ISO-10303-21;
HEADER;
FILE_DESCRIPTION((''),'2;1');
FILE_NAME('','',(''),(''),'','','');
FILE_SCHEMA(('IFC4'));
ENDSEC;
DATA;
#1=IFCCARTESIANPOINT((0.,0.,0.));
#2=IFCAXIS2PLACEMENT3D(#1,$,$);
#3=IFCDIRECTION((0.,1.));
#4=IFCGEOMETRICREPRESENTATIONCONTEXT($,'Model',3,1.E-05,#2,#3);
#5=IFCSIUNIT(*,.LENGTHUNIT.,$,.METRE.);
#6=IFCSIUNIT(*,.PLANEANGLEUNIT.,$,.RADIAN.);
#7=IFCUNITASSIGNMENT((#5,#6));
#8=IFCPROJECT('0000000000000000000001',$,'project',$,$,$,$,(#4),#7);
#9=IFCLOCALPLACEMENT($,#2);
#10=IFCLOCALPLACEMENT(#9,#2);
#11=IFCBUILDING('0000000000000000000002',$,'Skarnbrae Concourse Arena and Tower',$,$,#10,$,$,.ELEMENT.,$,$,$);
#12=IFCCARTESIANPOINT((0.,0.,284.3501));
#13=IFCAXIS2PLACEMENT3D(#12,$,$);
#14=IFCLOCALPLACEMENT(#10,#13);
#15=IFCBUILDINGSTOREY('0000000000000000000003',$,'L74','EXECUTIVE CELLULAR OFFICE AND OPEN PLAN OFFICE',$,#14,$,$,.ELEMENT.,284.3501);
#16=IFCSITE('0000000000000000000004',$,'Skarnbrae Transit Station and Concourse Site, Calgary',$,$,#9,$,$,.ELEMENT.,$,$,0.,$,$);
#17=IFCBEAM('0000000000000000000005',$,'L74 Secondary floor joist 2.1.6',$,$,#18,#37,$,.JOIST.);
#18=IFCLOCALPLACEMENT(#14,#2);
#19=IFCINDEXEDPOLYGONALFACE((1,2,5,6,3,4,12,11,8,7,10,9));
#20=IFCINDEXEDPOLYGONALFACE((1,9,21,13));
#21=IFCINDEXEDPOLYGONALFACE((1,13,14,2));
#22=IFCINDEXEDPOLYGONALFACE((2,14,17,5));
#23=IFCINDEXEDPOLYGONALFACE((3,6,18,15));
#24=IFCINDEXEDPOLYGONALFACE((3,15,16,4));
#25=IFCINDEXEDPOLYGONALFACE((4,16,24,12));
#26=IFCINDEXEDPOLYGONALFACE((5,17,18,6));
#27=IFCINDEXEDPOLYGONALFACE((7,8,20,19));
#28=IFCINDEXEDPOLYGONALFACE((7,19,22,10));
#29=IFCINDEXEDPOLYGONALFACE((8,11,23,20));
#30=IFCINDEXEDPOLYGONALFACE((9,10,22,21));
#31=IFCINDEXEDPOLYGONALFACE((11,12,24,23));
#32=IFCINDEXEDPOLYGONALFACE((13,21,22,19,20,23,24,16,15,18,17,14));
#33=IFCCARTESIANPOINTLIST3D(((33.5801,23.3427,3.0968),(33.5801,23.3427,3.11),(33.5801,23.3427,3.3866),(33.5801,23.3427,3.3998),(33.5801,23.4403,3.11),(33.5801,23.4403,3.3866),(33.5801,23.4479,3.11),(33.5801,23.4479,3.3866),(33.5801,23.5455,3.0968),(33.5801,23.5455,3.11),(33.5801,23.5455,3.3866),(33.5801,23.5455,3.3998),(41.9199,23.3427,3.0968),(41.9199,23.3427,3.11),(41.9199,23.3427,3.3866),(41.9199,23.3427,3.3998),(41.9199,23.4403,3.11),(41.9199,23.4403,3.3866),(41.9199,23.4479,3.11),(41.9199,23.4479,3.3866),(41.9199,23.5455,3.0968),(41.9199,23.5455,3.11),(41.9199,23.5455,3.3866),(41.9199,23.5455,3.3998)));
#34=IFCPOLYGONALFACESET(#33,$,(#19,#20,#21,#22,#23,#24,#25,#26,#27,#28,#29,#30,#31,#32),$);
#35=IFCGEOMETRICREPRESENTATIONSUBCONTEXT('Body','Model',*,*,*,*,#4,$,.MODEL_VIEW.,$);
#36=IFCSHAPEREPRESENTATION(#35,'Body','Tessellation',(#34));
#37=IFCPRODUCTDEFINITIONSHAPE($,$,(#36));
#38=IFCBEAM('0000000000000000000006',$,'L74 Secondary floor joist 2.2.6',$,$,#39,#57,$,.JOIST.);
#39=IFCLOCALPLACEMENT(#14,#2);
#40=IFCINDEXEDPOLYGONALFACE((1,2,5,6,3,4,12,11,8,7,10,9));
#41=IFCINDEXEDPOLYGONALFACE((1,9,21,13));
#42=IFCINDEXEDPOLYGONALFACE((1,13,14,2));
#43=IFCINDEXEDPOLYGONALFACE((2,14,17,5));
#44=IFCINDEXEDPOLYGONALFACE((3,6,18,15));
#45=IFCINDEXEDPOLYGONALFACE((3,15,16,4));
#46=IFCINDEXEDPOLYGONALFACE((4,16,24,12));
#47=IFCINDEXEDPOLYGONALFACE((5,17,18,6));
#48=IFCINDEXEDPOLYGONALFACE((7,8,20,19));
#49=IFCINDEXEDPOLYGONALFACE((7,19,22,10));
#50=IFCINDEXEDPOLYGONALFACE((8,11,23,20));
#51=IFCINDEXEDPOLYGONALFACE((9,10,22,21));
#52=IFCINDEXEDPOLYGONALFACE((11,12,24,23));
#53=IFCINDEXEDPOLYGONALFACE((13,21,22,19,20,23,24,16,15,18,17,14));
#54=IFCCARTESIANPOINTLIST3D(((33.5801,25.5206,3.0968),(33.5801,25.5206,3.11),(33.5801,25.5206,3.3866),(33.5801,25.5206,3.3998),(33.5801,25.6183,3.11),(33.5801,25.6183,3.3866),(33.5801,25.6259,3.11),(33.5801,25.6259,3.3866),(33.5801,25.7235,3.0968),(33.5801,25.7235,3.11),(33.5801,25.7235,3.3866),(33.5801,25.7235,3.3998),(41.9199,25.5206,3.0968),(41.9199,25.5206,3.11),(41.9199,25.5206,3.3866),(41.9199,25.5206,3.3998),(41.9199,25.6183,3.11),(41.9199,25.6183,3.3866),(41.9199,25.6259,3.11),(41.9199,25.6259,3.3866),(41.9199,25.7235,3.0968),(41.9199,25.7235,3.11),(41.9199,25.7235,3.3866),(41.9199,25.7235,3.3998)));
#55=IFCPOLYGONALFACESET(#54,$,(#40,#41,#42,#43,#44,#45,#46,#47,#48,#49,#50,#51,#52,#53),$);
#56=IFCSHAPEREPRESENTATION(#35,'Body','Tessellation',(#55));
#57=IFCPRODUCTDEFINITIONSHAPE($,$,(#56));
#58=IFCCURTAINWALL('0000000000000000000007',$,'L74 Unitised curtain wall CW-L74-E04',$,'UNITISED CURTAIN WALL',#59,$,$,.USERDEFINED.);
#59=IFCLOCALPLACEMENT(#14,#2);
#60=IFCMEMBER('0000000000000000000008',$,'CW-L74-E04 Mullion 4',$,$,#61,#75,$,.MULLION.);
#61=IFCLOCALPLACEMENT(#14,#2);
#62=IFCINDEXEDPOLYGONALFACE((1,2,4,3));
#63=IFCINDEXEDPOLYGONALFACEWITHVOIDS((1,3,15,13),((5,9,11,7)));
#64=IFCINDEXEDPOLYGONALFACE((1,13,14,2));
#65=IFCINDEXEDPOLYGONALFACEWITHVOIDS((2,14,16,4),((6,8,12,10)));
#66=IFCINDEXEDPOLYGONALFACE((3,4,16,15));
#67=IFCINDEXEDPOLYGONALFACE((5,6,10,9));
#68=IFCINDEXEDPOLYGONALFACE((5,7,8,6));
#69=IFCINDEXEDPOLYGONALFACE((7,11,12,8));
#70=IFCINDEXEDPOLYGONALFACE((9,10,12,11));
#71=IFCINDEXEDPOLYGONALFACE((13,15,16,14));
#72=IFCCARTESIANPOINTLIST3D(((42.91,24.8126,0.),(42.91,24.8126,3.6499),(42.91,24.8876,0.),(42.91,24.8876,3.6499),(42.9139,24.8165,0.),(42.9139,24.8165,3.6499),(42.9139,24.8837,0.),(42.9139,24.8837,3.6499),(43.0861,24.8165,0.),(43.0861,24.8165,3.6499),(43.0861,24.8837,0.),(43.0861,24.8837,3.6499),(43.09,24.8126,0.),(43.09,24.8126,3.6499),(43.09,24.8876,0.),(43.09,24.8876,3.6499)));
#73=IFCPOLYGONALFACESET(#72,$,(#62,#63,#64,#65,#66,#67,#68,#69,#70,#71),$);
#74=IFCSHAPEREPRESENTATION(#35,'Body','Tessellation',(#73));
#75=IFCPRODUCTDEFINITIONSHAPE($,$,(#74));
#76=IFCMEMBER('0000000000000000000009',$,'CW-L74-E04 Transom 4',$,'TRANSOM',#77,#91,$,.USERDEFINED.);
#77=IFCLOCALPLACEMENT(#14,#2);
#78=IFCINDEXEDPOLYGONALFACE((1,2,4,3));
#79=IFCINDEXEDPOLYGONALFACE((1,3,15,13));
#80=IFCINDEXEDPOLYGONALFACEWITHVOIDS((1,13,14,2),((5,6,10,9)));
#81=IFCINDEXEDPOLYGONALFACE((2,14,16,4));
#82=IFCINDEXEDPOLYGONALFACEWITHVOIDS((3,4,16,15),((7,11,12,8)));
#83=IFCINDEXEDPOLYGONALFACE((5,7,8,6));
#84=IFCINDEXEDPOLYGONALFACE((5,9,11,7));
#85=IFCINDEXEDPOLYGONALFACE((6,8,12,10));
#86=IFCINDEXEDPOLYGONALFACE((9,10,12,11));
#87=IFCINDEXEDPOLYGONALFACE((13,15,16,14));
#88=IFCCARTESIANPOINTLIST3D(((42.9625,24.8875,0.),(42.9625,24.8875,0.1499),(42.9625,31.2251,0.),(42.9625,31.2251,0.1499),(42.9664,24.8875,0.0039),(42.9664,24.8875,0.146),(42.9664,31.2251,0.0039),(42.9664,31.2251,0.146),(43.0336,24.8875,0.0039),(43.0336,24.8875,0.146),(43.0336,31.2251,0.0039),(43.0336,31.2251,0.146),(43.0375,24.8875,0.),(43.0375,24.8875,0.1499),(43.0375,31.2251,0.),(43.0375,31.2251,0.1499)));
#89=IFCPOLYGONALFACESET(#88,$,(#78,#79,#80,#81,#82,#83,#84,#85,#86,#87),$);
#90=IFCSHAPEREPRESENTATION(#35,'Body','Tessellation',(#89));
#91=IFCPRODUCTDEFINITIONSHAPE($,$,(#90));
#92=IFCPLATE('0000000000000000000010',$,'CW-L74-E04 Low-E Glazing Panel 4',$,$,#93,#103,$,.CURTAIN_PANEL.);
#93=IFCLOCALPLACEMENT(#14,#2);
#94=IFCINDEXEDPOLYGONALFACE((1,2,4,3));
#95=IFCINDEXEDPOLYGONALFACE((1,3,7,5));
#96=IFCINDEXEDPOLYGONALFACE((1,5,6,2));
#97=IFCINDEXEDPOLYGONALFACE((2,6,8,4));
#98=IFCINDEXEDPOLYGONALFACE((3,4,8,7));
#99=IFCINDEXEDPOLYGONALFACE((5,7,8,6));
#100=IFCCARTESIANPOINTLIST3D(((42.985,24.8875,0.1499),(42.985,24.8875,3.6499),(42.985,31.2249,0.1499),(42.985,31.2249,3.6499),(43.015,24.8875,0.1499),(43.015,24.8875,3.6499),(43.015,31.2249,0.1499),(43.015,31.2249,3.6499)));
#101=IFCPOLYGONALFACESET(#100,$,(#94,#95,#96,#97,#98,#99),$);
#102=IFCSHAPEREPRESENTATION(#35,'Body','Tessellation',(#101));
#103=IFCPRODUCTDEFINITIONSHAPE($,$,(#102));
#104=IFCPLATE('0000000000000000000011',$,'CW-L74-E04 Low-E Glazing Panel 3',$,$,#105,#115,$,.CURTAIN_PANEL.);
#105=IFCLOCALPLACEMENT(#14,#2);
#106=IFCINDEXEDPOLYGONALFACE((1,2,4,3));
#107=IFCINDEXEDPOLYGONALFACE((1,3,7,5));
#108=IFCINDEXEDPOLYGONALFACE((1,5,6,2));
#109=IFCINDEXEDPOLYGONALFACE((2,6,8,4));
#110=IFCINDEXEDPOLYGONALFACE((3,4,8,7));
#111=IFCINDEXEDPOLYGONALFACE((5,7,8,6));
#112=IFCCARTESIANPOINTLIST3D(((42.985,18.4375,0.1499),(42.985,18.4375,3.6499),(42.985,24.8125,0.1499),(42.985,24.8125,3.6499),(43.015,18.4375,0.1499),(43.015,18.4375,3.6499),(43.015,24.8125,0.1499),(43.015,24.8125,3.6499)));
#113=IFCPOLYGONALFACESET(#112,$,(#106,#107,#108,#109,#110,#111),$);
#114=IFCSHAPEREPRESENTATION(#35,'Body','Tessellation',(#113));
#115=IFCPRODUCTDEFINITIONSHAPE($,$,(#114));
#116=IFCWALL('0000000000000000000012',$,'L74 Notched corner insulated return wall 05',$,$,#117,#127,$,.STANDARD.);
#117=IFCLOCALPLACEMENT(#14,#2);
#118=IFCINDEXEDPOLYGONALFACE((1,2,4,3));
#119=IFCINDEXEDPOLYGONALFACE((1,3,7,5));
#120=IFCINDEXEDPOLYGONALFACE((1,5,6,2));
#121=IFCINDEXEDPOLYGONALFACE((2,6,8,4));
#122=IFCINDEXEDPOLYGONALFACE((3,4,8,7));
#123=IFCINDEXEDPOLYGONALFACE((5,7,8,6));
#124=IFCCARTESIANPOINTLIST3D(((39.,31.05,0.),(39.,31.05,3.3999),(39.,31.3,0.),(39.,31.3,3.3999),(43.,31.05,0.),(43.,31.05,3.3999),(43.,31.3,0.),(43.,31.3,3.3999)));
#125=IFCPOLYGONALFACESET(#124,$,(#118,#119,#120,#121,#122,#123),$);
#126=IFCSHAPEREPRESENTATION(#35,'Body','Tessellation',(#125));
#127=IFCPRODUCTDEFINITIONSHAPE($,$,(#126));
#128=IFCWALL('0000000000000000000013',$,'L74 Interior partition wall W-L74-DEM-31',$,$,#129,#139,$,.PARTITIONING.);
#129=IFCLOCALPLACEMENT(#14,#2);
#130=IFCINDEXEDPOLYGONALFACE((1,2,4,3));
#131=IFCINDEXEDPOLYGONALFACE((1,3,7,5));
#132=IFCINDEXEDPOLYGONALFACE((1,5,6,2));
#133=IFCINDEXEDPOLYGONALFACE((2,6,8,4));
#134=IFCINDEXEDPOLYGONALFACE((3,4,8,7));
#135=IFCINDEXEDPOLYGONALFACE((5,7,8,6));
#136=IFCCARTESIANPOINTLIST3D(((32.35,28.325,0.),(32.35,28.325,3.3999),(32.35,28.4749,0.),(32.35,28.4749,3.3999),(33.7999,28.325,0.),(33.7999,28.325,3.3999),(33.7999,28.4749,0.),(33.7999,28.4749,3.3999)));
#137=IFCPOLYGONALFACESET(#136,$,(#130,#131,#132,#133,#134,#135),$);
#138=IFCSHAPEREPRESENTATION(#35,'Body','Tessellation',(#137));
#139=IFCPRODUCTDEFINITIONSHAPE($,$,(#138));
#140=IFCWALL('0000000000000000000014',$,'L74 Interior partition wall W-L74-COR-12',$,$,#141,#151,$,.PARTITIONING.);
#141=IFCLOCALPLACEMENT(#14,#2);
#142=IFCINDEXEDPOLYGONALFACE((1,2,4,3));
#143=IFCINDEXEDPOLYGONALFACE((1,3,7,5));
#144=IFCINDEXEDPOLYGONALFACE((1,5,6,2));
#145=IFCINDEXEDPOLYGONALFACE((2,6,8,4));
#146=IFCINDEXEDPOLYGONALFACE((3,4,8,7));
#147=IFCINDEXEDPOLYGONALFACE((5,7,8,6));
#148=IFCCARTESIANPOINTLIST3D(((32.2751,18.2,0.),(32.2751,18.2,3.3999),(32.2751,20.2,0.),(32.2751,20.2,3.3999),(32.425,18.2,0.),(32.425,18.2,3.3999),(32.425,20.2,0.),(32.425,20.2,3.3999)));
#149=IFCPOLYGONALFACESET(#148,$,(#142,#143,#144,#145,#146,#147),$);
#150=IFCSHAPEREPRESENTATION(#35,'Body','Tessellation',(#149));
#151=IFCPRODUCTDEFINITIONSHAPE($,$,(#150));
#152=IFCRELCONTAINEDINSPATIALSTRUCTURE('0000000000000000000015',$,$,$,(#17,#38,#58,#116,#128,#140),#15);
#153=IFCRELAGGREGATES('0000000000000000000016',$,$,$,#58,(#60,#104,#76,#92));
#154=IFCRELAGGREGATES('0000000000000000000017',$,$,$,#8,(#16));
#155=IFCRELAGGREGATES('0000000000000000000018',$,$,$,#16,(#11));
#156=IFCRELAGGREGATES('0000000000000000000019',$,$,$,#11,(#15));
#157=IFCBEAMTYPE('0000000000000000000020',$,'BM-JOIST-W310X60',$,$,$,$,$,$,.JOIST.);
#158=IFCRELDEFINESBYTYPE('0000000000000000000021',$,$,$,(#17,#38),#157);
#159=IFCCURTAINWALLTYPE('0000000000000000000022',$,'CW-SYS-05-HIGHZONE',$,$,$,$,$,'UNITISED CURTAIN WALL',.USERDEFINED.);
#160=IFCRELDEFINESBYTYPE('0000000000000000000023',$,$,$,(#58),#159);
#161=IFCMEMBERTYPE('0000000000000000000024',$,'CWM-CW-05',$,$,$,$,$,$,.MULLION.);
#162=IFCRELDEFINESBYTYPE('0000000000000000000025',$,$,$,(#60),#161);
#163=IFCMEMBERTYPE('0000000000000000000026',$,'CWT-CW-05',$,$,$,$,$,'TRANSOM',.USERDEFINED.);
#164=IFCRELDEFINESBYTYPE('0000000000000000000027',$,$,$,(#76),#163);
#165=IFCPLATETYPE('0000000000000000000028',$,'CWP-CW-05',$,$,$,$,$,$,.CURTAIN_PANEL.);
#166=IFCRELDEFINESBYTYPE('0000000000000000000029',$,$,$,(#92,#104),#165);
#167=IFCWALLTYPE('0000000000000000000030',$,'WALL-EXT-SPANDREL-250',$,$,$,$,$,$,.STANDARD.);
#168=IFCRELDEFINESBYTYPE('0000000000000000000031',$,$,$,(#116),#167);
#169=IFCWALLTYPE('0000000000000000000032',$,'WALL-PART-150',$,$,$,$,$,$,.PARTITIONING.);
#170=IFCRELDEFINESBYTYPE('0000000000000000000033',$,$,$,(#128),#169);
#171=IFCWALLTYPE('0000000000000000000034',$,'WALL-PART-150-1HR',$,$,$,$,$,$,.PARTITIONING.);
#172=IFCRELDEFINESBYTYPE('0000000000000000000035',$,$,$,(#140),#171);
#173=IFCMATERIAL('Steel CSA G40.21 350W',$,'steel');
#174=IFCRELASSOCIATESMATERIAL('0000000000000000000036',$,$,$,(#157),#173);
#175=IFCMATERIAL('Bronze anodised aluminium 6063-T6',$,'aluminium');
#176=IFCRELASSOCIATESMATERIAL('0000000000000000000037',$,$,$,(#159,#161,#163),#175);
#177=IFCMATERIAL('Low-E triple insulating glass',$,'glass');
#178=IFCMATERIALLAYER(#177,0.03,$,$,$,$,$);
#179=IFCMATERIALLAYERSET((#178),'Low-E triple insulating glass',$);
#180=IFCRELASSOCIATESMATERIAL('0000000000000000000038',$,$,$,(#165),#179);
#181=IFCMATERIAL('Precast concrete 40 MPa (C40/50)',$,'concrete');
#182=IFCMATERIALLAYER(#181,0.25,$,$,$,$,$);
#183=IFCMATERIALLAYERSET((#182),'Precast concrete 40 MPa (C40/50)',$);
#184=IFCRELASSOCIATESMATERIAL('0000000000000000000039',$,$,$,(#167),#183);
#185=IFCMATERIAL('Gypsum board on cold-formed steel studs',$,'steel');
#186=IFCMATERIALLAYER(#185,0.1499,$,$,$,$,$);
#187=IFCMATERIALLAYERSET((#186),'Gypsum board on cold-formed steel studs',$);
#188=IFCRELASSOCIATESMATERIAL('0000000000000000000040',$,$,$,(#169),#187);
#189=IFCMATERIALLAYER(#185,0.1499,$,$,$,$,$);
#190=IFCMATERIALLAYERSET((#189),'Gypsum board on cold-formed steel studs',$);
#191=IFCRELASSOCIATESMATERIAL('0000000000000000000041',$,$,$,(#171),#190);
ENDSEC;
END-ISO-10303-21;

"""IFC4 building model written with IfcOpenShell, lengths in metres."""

from ifc_helpers import new_model, si_unit, direction, frame, frame_2d, origin, origin_2d, place, context, subcontext, project, spatial, rectangle, hollow_rectangle, i_section, extrude, source, transform, mapped, material, layer, layer_set, material_profile, profile_set, type_object, element, aggregate, save


model = new_model("IFC4")

# Units and contexts
model_context = context("Model", 3, precision=1e-05, world=origin(), true_north=direction((0.0, 1.0)))
body_context = subcontext(model_context, "Body", "Model", "MODEL_VIEW")
ifc_project = project(units=[si_unit("LENGTHUNIT", "METRE"), si_unit("PLANEANGLEUNIT", "RADIAN")], contexts=[model_context])

# Site, building, storey
site_placement = place(None, origin())
site = spatial("IfcSite", under=ifc_project, at=site_placement, Name="Skarnbrae Transit Station and Concourse Site, Calgary", CompositionType="ELEMENT", RefElevation=0.0)
building_placement = place(site_placement, origin())
building = spatial("IfcBuilding", under=site, at=building_placement, Name="Skarnbrae Concourse Arena and Tower", CompositionType="ELEMENT")
storey_placement = place(building_placement, frame((0.0, 0.0, 284.3501)))
storey = spatial("IfcBuildingStorey", under=building, at=storey_placement, Name="L74", Description="EXECUTIVE CELLULAR OFFICE AND OPEN PLAN OFFICE", CompositionType="ELEMENT", Elevation=284.3501)

# Shared definitions
ifc_material_1 = material(Name="Steel CSA G40.21 350W", Category="steel")

# Beams
ifc_material_profile_1 = material_profile(ifc_material_1, i_section(OverallWidth=0.2029, OverallDepth=0.303, WebThickness=0.0076, FlangeThickness=0.0132, at=origin_2d()), Name="W310X60")
ifc_profile_set_1 = profile_set([ifc_material_profile_1], Name="Steel CSA G40.21 350W")
beam_type_1 = type_object("IfcBeamType", Name="BM-JOIST-W310X60", PredefinedType="JOIST", material=ifc_profile_set_1)
shared_shape_1 = source(origin(), body_context, "Body", "SweptSolid", [
    extrude(i_section(OverallWidth=0.2029, OverallDepth=0.303, WebThickness=0.0076, FlangeThickness=0.0132, at=origin_2d()), origin(), (0.0, 0.0, 1.0), 8.3398),
])
for number, where, z_axis, x_axis, name in (
    (1, (33.5801, 23.4441, 3.2483), (1.0, 0.0, 0.0), (0.0, 1.0, 0.0), "L74 Secondary floor joist 2.1.6"),
    (2, (33.5801, 25.6221, 3.2483), (1.0, 0.0, 0.0), (0.0, 1.0, 0.0), "L74 Secondary floor joist 2.2.6"),
):
    element("IfcBeam", number, at=place(storey_placement, frame(where, z_axis=z_axis, x_axis=x_axis)), inside=storey, type_object=beam_type_1, Name=name, PredefinedType="JOIST", context=body_context, shape_type="MappedRepresentation", body=[
        mapped(shared_shape_1, transform((0.0, 0.0, 0.0))),
    ])

# Curtain wall, members, plates
ifc_material_2 = material(Name="Bronze anodised aluminium 6063-T6", Category="aluminium")
curtain_wall_type = type_object("IfcCurtainWallType", Name="CW-SYS-05-HIGHZONE", ElementType="UNITISED CURTAIN WALL", PredefinedType="USERDEFINED", material=ifc_material_2)
curtain_wall_placement = place(storey_placement, origin())
curtain_wall = element("IfcCurtainWall", 3, at=curtain_wall_placement, inside=storey, type_object=curtain_wall_type, Name="L74 Unitised curtain wall CW-L74-E04", ObjectType="UNITISED CURTAIN WALL", PredefinedType="USERDEFINED")
ifc_material_profile_2 = material_profile(ifc_material_2, hollow_rectangle(XDim=0.075, YDim=0.1799, WallThickness=0.0039, at=origin_2d()), Name="ALU-MULL-75X180")
ifc_profile_set_2 = profile_set([ifc_material_profile_2], Name="Bronze anodised aluminium 6063-T6")
member_type_1 = type_object("IfcMemberType", Name="CWM-CW-05", PredefinedType="MULLION", material=ifc_profile_set_2)
shared_shape_2 = source(origin(), body_context, "Body", "SweptSolid", [
    extrude(hollow_rectangle(XDim=0.075, YDim=0.1799, WallThickness=0.0039, at=origin_2d()), origin(), (0.0, 0.0, 1.0), 3.6499),
])
member_1_placement = place(storey_placement, frame((43.0, 24.8501, 0.0), z_axis=(0.0, 0.0, 1.0), x_axis=(0.0, 1.0, 0.0)))
member_1 = element("IfcMember", 4, at=member_1_placement, type_object=member_type_1, Name="CW-L74-E04 Mullion 4", PredefinedType="MULLION", context=body_context, shape_type="MappedRepresentation", body=[
    mapped(shared_shape_2, transform((0.0, 0.0, 0.0))),
])
ifc_material_profile_3 = material_profile(ifc_material_2, hollow_rectangle(XDim=0.075, YDim=0.1499, WallThickness=0.0039, at=origin_2d()), Name="ALU-TRAN-75X150")
ifc_profile_set_3 = profile_set([ifc_material_profile_3], Name="Bronze anodised aluminium 6063-T6")
member_type_2 = type_object("IfcMemberType", Name="CWT-CW-05", ElementType="TRANSOM", PredefinedType="USERDEFINED", material=ifc_profile_set_3)
shared_shape_3 = source(origin(), body_context, "Body", "SweptSolid", [
    extrude(hollow_rectangle(XDim=0.075, YDim=0.1499, WallThickness=0.0039, at=origin_2d()), origin(), (0.0, 0.0, 1.0), 6.3376),
])
member_2_placement = place(storey_placement, frame((43.0, 24.8875, 0.075), z_axis=(0.0, 1.0, 0.0), x_axis=(-1.0, 0.0, 0.0)))
member_2 = element("IfcMember", 5, at=member_2_placement, type_object=member_type_2, Name="CW-L74-E04 Transom 4", ObjectType="TRANSOM", PredefinedType="USERDEFINED", context=body_context, shape_type="MappedRepresentation", body=[
    mapped(shared_shape_3, transform((0.0, 0.0, 0.0))),
])
ifc_material_3 = material(Name="Low-E triple insulating glass", Category="glass")
ifc_layer_1 = layer(ifc_material_3, 0.03)
ifc_layer_set_1 = layer_set([ifc_layer_1], Name="Low-E triple insulating glass")
plate_type = type_object("IfcPlateType", Name="CWP-CW-05", PredefinedType="CURTAIN_PANEL", material=ifc_layer_set_1)
shared_shape_4 = source(origin(), body_context, "Body", "SweptSolid", [
    extrude(rectangle(XDim=6.3374, YDim=0.03, at=origin_2d()), origin(), (0.0, 0.0, 1.0), 3.5),
])
plate_1_placement = place(storey_placement, frame((43.0, 28.0562, 0.1499), z_axis=(0.0, 0.0, 1.0), x_axis=(0.0, 1.0, 0.0)))
plate_1 = element("IfcPlate", 6, at=plate_1_placement, type_object=plate_type, Name="CW-L74-E04 Low-E Glazing Panel 4", PredefinedType="CURTAIN_PANEL", context=body_context, shape_type="MappedRepresentation", body=[
    mapped(shared_shape_4, transform((0.0, 0.0, 0.0))),
])
shared_shape_5 = source(origin(), body_context, "Body", "SweptSolid", [
    extrude(rectangle(XDim=6.375, YDim=0.03, at=origin_2d()), origin(), (0.0, 0.0, 1.0), 3.5),
])
plate_2_placement = place(storey_placement, frame((43.0, 21.625, 0.1499), z_axis=(0.0, 0.0, 1.0), x_axis=(0.0, 1.0, 0.0)))
plate_2 = element("IfcPlate", 7, at=plate_2_placement, type_object=plate_type, Name="CW-L74-E04 Low-E Glazing Panel 3", PredefinedType="CURTAIN_PANEL", context=body_context, shape_type="MappedRepresentation", body=[
    mapped(shared_shape_5, transform((0.0, 0.0, 0.0))),
])
aggregate(curtain_wall, [member_1, plate_2, member_2, plate_1])

# Walls
ifc_material_4 = material(Name="Precast concrete 40 MPa (C40/50)", Category="concrete")
ifc_layer_2 = layer(ifc_material_4, 0.25)
ifc_layer_set_2 = layer_set([ifc_layer_2], Name="Precast concrete 40 MPa (C40/50)")
wall_type_1 = type_object("IfcWallType", Name="WALL-EXT-SPANDREL-250", PredefinedType="STANDARD", material=ifc_layer_set_2)
shared_shape_6 = source(origin(), body_context, "Body", "SweptSolid", [
    extrude(rectangle(XDim=4.0, YDim=0.25, at=frame_2d((2.0, 0.0))), origin(), (0.0, 0.0, 1.0), 3.3999),
])
wall_1_placement = place(storey_placement, frame((43.0, 31.175, 0.0), z_axis=(0.0, 0.0, 1.0), x_axis=(-1.0, 0.0, 0.0)))
element("IfcWall", 8, at=wall_1_placement, inside=storey, type_object=wall_type_1, Name="L74 Notched corner insulated return wall 05", PredefinedType="STANDARD", context=body_context, shape_type="MappedRepresentation", body=[
    mapped(shared_shape_6, transform((0.0, 0.0, 0.0))),
])
ifc_material_5 = material(Name="Gypsum board on cold-formed steel studs", Category="steel")
ifc_layer_3 = layer(ifc_material_5, 0.1499)
ifc_layer_set_3 = layer_set([ifc_layer_3], Name="Gypsum board on cold-formed steel studs")
wall_type_2 = type_object("IfcWallType", Name="WALL-PART-150", PredefinedType="PARTITIONING", material=ifc_layer_set_3)
shared_shape_7 = source(origin(), body_context, "Body", "SweptSolid", [
    extrude(rectangle(XDim=1.45, YDim=0.1499, at=frame_2d((0.7251, 0.0))), origin(), (0.0, 0.0, 1.0), 3.3999),
])
wall_2_placement = place(storey_placement, frame((33.8, 28.3999, 0.0), z_axis=(0.0, 0.0, 1.0), x_axis=(-1.0, 0.0, 0.0)))
element("IfcWall", 9, at=wall_2_placement, inside=storey, type_object=wall_type_2, Name="L74 Interior partition wall W-L74-DEM-31", PredefinedType="PARTITIONING", context=body_context, shape_type="MappedRepresentation", body=[
    mapped(shared_shape_7, transform((0.0, 0.0, 0.0))),
])
ifc_layer_4 = layer(ifc_material_5, 0.1499)
ifc_layer_set_4 = layer_set([ifc_layer_4], Name="Gypsum board on cold-formed steel studs")
wall_type_3 = type_object("IfcWallType", Name="WALL-PART-150-1HR", PredefinedType="PARTITIONING", material=ifc_layer_set_4)
shared_shape_8 = source(origin(), body_context, "Body", "SweptSolid", [
    extrude(rectangle(XDim=2.0, YDim=0.1499, at=frame_2d((1.0, 0.0))), origin(), (0.0, 0.0, 1.0), 3.3999),
])
wall_3_placement = place(storey_placement, frame((32.3501, 20.2, 0.0), z_axis=(0.0, 0.0, 1.0), x_axis=(0.0, -1.0, 0.0)))
element("IfcWall", 10, at=wall_3_placement, inside=storey, type_object=wall_type_3, Name="L74 Interior partition wall W-L74-COR-12", PredefinedType="PARTITIONING", context=body_context, shape_type="MappedRepresentation", body=[
    mapped(shared_shape_8, transform((0.0, 0.0, 0.0))),
])

save(model, "model.ifc")
